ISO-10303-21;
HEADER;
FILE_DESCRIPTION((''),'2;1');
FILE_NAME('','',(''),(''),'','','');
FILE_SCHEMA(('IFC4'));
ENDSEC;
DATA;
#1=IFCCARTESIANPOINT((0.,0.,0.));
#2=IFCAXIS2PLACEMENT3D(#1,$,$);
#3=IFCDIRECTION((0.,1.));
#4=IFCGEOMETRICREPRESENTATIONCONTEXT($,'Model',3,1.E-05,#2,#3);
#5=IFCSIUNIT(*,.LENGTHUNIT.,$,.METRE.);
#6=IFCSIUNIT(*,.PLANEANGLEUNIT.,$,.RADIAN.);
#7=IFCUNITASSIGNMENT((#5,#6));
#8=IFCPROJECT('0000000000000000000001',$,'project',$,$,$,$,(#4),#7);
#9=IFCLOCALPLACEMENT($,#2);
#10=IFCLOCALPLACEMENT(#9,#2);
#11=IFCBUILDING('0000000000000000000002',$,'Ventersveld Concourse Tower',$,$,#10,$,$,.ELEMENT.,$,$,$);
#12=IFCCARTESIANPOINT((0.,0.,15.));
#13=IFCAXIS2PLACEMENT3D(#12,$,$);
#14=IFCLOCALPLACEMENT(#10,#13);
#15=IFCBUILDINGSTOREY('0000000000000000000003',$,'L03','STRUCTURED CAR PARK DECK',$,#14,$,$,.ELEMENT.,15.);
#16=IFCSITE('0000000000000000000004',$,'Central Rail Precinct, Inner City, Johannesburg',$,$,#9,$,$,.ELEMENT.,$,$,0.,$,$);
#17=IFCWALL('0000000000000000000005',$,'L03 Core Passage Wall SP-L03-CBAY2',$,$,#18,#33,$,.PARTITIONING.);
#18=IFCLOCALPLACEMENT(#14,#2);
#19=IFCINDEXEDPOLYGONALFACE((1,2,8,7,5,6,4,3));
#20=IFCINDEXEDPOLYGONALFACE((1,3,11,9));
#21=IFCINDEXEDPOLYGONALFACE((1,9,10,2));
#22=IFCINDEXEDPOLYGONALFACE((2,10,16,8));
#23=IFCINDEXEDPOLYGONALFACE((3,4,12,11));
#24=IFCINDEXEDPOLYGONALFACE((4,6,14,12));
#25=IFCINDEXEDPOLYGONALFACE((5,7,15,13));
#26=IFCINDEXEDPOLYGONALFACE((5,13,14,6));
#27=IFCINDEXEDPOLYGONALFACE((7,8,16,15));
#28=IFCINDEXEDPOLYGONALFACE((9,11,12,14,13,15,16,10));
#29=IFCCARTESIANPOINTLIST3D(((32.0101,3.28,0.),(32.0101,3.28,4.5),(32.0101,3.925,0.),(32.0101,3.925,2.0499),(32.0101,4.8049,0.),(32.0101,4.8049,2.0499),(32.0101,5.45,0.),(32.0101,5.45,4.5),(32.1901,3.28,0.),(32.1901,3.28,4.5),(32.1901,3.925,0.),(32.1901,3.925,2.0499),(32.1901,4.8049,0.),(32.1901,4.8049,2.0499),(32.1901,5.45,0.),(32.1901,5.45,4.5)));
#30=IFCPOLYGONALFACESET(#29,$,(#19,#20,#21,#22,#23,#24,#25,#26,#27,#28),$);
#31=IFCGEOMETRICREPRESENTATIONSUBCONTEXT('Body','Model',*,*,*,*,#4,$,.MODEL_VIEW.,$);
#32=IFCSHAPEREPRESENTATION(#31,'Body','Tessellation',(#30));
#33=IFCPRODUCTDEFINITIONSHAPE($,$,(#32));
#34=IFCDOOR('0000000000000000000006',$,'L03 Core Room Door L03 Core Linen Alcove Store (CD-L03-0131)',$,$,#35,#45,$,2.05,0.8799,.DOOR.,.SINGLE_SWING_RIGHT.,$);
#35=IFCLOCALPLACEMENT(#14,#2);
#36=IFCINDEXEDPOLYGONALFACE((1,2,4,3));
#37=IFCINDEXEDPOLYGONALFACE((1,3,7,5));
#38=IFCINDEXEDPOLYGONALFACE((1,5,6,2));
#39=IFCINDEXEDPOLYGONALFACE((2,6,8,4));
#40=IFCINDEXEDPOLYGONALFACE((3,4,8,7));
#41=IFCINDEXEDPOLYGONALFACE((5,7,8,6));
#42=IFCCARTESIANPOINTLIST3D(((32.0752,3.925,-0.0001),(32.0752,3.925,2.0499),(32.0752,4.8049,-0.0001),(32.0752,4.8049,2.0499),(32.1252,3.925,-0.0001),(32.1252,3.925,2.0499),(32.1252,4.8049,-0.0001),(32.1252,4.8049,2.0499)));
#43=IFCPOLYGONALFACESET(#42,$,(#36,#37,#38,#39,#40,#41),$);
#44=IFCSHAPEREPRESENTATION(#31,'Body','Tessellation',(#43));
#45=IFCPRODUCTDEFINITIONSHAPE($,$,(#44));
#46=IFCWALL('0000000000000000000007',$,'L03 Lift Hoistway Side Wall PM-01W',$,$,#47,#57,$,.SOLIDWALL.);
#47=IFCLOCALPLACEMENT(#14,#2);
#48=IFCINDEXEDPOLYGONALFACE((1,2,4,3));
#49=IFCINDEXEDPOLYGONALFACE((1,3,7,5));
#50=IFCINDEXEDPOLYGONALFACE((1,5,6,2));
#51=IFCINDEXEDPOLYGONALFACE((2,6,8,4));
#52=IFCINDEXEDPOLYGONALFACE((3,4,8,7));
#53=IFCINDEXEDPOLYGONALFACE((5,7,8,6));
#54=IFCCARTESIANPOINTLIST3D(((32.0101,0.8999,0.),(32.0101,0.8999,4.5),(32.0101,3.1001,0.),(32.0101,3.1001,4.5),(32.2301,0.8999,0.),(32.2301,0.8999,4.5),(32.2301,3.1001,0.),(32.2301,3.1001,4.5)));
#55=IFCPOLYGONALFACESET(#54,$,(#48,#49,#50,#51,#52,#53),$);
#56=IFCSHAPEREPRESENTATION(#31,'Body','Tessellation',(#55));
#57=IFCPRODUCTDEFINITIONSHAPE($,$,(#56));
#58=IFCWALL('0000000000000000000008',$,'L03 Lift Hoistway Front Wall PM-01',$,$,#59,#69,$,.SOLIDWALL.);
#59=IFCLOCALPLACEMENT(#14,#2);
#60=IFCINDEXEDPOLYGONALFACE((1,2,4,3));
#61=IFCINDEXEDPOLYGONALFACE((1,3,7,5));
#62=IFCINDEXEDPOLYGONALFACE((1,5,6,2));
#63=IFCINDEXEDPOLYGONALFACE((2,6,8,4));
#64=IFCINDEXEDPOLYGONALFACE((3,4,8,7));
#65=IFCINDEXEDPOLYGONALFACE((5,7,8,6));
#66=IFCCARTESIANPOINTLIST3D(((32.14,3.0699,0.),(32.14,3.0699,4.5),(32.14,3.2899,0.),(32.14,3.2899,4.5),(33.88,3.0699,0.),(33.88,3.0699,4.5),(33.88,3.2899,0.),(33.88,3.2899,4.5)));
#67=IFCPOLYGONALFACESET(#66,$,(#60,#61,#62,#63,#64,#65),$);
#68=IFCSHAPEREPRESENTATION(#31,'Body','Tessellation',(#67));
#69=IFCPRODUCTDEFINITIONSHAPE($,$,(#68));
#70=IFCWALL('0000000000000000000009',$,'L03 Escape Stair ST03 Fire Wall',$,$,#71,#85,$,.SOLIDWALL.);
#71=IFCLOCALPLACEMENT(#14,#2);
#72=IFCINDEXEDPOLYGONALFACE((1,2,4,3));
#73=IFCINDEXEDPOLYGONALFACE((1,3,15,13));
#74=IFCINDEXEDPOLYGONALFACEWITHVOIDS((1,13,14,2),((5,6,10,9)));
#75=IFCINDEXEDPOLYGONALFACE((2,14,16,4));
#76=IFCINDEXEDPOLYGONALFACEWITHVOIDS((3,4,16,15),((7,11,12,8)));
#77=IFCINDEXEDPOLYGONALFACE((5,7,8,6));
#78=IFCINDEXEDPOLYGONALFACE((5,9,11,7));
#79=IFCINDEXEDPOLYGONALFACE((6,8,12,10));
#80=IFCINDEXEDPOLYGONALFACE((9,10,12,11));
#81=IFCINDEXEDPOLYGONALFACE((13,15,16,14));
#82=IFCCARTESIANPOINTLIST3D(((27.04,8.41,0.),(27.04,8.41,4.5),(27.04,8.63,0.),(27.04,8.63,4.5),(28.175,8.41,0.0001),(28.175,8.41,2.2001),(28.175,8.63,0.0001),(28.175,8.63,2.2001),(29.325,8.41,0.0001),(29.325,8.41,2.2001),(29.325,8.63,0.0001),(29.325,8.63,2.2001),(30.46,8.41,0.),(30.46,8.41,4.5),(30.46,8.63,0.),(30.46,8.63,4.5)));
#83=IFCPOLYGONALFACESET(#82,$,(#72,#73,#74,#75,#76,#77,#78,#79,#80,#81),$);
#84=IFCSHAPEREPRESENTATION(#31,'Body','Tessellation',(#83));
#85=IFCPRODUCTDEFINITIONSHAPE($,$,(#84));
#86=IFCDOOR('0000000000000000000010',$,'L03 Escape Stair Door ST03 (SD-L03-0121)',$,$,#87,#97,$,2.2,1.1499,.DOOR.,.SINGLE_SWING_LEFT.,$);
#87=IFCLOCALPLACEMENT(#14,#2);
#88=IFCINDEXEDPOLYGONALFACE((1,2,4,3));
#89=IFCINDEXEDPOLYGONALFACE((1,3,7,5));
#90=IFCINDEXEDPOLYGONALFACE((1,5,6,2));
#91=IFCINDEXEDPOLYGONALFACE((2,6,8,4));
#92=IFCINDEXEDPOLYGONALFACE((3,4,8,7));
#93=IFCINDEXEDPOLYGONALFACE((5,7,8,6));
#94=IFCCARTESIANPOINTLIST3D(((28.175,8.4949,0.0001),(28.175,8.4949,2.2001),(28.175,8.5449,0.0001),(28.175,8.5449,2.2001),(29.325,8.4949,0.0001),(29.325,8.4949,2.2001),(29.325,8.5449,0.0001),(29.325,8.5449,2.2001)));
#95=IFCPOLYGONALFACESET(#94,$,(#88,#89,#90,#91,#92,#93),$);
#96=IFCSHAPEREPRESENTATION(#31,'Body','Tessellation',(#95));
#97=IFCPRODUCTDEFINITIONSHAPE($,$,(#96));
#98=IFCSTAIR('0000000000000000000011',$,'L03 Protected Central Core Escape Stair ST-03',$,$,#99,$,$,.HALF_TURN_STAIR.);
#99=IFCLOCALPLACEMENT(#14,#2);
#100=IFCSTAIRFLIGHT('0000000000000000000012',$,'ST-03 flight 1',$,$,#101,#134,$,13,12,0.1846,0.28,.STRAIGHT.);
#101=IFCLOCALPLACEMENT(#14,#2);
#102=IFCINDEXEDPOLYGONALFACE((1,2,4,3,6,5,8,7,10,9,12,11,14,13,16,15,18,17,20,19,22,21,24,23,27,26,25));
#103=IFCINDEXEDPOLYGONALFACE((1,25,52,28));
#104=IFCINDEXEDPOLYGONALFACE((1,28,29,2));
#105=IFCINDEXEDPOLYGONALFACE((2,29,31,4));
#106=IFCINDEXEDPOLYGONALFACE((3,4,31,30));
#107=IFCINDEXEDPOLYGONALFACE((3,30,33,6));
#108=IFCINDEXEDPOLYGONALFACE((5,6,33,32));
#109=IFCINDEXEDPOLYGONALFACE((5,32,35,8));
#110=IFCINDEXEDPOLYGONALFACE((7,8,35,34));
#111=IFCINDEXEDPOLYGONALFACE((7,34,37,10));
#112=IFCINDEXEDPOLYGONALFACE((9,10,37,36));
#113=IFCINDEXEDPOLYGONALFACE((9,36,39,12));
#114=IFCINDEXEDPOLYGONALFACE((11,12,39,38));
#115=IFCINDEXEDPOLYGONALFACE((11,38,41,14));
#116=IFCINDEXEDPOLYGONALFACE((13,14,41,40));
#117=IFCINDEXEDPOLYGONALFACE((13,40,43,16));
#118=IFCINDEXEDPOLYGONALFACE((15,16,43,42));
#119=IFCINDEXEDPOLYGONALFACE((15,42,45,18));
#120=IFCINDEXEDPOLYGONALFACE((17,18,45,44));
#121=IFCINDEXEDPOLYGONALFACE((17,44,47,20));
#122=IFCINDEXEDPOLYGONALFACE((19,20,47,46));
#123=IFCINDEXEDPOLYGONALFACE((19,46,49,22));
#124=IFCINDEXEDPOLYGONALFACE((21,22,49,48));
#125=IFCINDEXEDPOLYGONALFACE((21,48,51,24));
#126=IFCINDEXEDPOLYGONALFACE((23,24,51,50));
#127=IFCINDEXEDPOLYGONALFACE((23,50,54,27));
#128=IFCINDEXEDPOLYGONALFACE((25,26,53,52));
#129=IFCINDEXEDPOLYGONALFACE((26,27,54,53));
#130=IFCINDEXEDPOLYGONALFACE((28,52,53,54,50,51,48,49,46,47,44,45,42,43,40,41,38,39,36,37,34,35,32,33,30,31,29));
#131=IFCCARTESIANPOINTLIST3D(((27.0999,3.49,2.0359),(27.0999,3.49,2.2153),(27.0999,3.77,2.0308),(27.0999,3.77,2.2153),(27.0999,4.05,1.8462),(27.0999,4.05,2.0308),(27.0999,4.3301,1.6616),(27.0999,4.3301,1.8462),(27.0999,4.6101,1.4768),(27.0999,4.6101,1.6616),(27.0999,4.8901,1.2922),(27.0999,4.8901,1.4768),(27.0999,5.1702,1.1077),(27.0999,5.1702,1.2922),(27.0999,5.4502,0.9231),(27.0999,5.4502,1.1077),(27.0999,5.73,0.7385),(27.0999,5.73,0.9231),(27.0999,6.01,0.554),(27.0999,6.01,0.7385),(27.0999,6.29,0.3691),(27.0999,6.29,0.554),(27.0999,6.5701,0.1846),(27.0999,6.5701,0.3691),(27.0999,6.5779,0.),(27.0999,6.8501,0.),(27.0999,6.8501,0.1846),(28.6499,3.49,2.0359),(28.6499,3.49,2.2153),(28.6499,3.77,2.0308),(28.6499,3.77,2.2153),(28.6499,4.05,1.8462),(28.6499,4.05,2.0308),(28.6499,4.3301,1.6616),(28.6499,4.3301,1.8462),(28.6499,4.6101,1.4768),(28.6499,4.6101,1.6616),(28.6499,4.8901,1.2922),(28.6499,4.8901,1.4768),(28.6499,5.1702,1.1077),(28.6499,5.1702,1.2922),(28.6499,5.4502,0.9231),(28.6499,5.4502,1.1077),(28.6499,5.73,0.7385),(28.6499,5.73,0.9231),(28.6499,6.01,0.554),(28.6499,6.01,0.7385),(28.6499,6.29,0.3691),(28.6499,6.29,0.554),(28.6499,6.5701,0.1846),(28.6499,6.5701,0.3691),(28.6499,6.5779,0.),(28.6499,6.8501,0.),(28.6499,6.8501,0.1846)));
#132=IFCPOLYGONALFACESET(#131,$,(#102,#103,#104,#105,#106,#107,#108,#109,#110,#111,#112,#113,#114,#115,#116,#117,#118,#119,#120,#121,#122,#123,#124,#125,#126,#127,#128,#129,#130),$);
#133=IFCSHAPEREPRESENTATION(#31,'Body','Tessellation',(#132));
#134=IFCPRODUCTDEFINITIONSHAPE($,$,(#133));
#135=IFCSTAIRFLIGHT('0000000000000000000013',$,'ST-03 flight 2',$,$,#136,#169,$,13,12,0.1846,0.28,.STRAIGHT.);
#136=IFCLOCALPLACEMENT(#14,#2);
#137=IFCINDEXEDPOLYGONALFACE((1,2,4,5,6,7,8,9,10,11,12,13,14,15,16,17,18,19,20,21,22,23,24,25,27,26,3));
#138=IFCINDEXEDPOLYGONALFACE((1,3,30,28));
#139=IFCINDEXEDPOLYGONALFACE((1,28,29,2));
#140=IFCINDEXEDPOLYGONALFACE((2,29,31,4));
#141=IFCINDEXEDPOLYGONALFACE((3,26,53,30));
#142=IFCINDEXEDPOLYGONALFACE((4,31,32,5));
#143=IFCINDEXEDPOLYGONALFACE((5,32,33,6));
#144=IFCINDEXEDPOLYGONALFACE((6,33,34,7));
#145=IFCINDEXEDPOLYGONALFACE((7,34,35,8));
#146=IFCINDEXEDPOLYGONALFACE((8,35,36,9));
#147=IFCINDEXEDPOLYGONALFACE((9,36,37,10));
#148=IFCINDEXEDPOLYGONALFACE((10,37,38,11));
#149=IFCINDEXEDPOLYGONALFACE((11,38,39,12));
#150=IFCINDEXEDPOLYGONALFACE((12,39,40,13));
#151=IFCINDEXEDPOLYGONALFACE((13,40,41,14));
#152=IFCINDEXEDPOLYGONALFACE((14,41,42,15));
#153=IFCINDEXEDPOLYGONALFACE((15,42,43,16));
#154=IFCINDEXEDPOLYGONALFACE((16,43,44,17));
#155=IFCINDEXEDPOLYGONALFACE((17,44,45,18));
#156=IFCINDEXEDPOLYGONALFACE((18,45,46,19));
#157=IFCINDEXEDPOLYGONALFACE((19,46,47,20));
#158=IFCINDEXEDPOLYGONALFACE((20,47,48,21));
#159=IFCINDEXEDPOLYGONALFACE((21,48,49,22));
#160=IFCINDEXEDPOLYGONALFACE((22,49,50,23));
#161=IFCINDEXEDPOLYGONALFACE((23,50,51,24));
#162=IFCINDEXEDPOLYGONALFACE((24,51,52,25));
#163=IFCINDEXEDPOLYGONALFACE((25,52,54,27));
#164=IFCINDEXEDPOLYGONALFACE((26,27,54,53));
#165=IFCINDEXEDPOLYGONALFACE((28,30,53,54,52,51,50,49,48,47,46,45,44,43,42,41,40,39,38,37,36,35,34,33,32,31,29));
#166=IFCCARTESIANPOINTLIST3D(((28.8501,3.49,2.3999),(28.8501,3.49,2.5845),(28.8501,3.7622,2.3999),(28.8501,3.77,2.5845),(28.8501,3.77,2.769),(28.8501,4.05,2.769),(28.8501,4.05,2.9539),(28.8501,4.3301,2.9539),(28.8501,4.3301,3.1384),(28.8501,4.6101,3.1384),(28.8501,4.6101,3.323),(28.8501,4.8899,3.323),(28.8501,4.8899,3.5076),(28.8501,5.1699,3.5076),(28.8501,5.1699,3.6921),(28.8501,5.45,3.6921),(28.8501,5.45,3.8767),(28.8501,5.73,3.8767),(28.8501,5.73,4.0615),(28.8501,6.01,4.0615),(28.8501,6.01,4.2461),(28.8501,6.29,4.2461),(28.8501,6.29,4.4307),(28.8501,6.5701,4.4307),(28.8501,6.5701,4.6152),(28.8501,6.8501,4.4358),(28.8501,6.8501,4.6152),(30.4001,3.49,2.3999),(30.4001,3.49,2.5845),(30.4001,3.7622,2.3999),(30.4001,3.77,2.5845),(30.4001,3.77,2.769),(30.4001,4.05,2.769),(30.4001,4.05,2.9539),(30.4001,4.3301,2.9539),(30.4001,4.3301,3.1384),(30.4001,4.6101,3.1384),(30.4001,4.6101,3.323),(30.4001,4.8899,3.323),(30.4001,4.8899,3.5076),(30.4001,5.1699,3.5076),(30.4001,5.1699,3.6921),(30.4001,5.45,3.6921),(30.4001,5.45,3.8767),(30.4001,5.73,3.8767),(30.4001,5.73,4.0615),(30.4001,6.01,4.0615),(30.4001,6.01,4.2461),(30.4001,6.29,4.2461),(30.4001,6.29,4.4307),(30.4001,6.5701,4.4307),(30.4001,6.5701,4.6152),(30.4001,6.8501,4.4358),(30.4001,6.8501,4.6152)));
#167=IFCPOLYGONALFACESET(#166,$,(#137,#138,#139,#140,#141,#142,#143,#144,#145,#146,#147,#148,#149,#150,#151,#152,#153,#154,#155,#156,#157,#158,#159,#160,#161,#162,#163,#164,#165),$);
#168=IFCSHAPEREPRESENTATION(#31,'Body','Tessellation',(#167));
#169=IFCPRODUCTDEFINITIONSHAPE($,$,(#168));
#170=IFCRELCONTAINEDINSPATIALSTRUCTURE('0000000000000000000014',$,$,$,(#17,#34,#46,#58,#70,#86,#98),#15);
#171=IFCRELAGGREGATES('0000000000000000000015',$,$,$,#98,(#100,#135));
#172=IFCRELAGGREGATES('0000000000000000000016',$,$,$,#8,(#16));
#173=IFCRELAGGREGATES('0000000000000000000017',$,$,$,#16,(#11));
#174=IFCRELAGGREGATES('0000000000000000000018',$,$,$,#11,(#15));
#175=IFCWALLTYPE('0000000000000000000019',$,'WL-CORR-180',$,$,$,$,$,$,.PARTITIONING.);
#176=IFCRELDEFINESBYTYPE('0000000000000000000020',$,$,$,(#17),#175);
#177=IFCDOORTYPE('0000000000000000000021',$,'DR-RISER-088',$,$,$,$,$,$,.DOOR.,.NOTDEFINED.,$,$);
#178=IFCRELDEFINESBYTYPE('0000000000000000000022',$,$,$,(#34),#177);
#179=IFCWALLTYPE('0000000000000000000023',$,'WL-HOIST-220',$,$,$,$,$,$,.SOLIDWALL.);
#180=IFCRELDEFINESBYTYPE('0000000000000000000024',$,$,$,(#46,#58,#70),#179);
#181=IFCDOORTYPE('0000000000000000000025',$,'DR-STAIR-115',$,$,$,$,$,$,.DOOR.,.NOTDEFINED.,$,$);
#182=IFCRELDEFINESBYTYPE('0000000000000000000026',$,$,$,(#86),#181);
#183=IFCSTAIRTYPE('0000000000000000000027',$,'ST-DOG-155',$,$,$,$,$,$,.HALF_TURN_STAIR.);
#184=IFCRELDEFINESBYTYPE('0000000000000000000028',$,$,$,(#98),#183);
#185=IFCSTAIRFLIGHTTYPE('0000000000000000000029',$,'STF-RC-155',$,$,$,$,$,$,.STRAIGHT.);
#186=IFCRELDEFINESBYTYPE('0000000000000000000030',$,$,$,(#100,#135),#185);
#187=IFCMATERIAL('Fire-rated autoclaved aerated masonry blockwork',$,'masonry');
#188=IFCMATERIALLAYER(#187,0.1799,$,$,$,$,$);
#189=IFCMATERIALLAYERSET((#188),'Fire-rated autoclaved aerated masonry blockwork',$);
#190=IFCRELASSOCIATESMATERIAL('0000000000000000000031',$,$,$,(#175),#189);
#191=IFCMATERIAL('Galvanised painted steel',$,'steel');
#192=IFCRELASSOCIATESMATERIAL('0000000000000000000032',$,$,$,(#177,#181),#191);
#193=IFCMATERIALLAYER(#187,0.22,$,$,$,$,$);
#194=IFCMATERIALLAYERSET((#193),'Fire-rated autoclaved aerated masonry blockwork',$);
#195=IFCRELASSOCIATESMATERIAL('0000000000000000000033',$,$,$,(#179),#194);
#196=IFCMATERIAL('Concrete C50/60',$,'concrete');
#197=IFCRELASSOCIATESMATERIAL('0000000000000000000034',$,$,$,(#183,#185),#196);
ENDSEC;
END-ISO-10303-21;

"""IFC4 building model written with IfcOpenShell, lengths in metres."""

from ifc_helpers import new_model, si_unit, direction, frame, frame_2d, origin, place, context, subcontext, project, spatial, polyline, rectangle, outline, extrude, material, layer, layer_set, type_object, element, fill, aggregate, save


model = new_model("IFC4")

# Units and contexts
model_context = context("Model", 3, precision=1e-05, world=origin(), true_north=direction((0.0, 1.0)))
body_context = subcontext(model_context, "Body", "Model", "MODEL_VIEW")
ifc_project = project(units=[si_unit("LENGTHUNIT", "METRE"), si_unit("PLANEANGLEUNIT", "RADIAN")], contexts=[model_context])

# Site, building, storey
site_placement = place(None, origin())
site = spatial("IfcSite", under=ifc_project, at=site_placement, Name="Central Rail Precinct, Inner City, Johannesburg", CompositionType="ELEMENT", RefElevation=0.0)
building_placement = place(site_placement, origin())
building = spatial("IfcBuilding", under=site, at=building_placement, Name="Ventersveld Concourse Tower", CompositionType="ELEMENT")
storey_placement = place(building_placement, frame((0.0, 0.0, 15.0)))
storey = spatial("IfcBuildingStorey", under=building, at=storey_placement, Name="L03", Description="STRUCTURED CAR PARK DECK", CompositionType="ELEMENT", Elevation=15.0)

# Shared definitions
ifc_material_1 = material(Name="Fire-rated autoclaved aerated masonry blockwork", Category="masonry")
ifc_layer_1 = layer(ifc_material_1, 0.1799)
ifc_layer_set_1 = layer_set([ifc_layer_1], Name="Fire-rated autoclaved aerated masonry blockwork")
wall_type_1 = type_object("IfcWallType", Name="WL-CORR-180", PredefinedType="PARTITIONING", material=ifc_layer_set_1)
ifc_material_2 = material(Name="Galvanised painted steel", Category="steel")
door_type_1 = type_object("IfcDoorType", Name="DR-RISER-088", OperationType="NOTDEFINED", PredefinedType="DOOR", material=ifc_material_2)

# Wall, opening, door
wall_1_placement = place(storey_placement, frame((32.1001, 3.28, 0.0), z_axis=(0.0, 0.0, 1.0), x_axis=(0.0, 1.0, 0.0)))
wall_1 = element("IfcWall", 1, at=wall_1_placement, inside=storey, type_object=wall_type_1, Name="L03 Core Passage Wall SP-L03-CBAY2", PredefinedType="PARTITIONING", context=body_context, shape_type="SweptSolid", body=[
    extrude(rectangle(XDim=2.1699, YDim=0.1799, at=frame_2d((1.085, 0.0))), origin(), (0.0, 0.0, 1.0), 4.5),
])
opening_1_placement = place(wall_1_placement, frame((0.645, 0.0, 0.0)))
opening_1 = element("IfcOpeningElement", 2, at=opening_1_placement, cuts=wall_1, PredefinedType="OPENING", context=body_context, shape_type="SweptSolid", body=[
    extrude(rectangle(XDim=0.8799, YDim=2.05, at=frame_2d((0.4399, 1.0249))), frame((0.0, 0.1001, 0.0), z_axis=(0.0, -1.0, 0.0), x_axis=(1.0, 0.0, 0.0)), (0.0, 0.0, 1.0), 0.2),
])
door_1_placement = place(opening_1_placement, origin())
door_1 = element("IfcDoor", 3, at=door_1_placement, inside=storey, type_object=door_type_1, Name="L03 Core Room Door L03 Core Linen Alcove Store (CD-L03-0131)", OperationType="SINGLE_SWING_RIGHT", OverallHeight=2.05, OverallWidth=0.8799, PredefinedType="DOOR", context=body_context, shape_type="SweptSolid", body=[
    extrude(rectangle(XDim=0.8799, YDim=2.05, at=frame_2d((0.4399, 1.0249))), frame((0.0, 0.0249, 0.0), z_axis=(0.0, -1.0, 0.0), x_axis=(1.0, 0.0, 0.0)), (0.0, 0.0, 1.0), 0.05),
])
fill(opening_1, door_1)

# Walls
ifc_layer_2 = layer(ifc_material_1, 0.22)
ifc_layer_set_2 = layer_set([ifc_layer_2], Name="Fire-rated autoclaved aerated masonry blockwork")
wall_type_2 = type_object("IfcWallType", Name="WL-HOIST-220", PredefinedType="SOLIDWALL", material=ifc_layer_set_2)
wall_2_placement = place(storey_placement, frame((32.1201, 0.8999, 0.0), z_axis=(0.0, 0.0, 1.0), x_axis=(0.0, 1.0, 0.0)))
element("IfcWall", 4, at=wall_2_placement, inside=storey, type_object=wall_type_2, Name="L03 Lift Hoistway Side Wall PM-01W", PredefinedType="SOLIDWALL", context=body_context, shape_type="SweptSolid", body=[
    extrude(rectangle(XDim=2.2002, YDim=0.22, at=frame_2d((1.1001, 0.0))), origin(), (0.0, 0.0, 1.0), 4.5),
])
wall_3_placement = place(storey_placement, frame((32.1399, 3.1799, 0.0), z_axis=(0.0, 0.0, 1.0), x_axis=(1.0, 0.0, 0.0)))
element("IfcWall", 5, at=wall_3_placement, inside=storey, type_object=wall_type_2, Name="L03 Lift Hoistway Front Wall PM-01", PredefinedType="SOLIDWALL", context=body_context, shape_type="SweptSolid", body=[
    extrude(rectangle(XDim=1.74, YDim=0.22, at=frame_2d((0.8701, 0.0))), origin(), (0.0, 0.0, 1.0), 4.5),
])

# Wall, opening, door
wall_4_placement = place(storey_placement, frame((27.04, 8.52, 0.0), z_axis=(0.0, 0.0, 1.0), x_axis=(1.0, 0.0, 0.0)))
wall_4 = element("IfcWall", 6, at=wall_4_placement, inside=storey, type_object=wall_type_2, Name="L03 Escape Stair ST03 Fire Wall", PredefinedType="SOLIDWALL", context=body_context, shape_type="SweptSolid", body=[
    extrude(rectangle(XDim=3.4199, YDim=0.22, at=frame_2d((1.71, 0.0))), origin(), (0.0, 0.0, 1.0), 4.5),
])
opening_2_placement = place(wall_4_placement, frame((1.135, 0.0, 0.0)))
opening_2 = element("IfcOpeningElement", 7, at=opening_2_placement, cuts=wall_4, PredefinedType="OPENING", context=body_context, shape_type="SweptSolid", body=[
    extrude(rectangle(XDim=1.1499, YDim=2.2, at=frame_2d((0.575, 1.1001))), frame((0.0, 0.1201, 0.0), z_axis=(0.0, -1.0, 0.0), x_axis=(1.0, 0.0, 0.0)), (0.0, 0.0, 1.0), 0.24),
])
door_type_2 = type_object("IfcDoorType", Name="DR-STAIR-115", OperationType="NOTDEFINED", PredefinedType="DOOR", material=ifc_material_2)
door_2_placement = place(opening_2_placement, origin())
door_2 = element("IfcDoor", 8, at=door_2_placement, inside=storey, type_object=door_type_2, Name="L03 Escape Stair Door ST03 (SD-L03-0121)", OperationType="SINGLE_SWING_LEFT", OverallHeight=2.2, OverallWidth=1.1499, PredefinedType="DOOR", context=body_context, shape_type="SweptSolid", body=[
    extrude(rectangle(XDim=1.1499, YDim=2.2, at=frame_2d((0.575, 1.1001))), frame((0.0, 0.0249, 0.0), z_axis=(0.0, -1.0, 0.0), x_axis=(1.0, 0.0, 0.0)), (0.0, 0.0, 1.0), 0.05),
])
fill(opening_2, door_2)

# Stair, stair flights
ifc_material_3 = material(Name="Concrete C50/60", Category="concrete")
stair_type = type_object("IfcStairType", Name="ST-DOG-155", PredefinedType="HALF_TURN_STAIR", material=ifc_material_3)
stair_placement = place(storey_placement, origin())
stair = element("IfcStair", 9, at=stair_placement, inside=storey, type_object=stair_type, Name="L03 Protected Central Core Escape Stair ST-03", PredefinedType="HALF_TURN_STAIR")
stair_flight_type = type_object("IfcStairFlightType", Name="STF-RC-155", PredefinedType="STRAIGHT", material=ifc_material_3)
stair_flight_1_placement = place(storey_placement, frame((27.875, 6.8501, 0.0), z_axis=(0.0, 0.0, 1.0), x_axis=(0.0, -1.0, 0.0)))
stair_flight_1 = element("IfcStairFlight", 10, at=stair_flight_1_placement, type_object=stair_flight_type, Name="ST-03 flight 1", NumberOfRisers=13, NumberOfTreads=12, PredefinedType="STRAIGHT", RiserHeight=0.1846, TreadLength=0.28, context=body_context, shape_type="SweptSolid", body=[
    extrude(outline(polyline([(0.0, 0.0), (0.0, 0.1846), (0.28, 0.1846), (0.28, 0.3691), (0.5601, 0.3691), (0.5601, 0.554), (0.8401, 0.554), (0.8401, 0.7385), (1.1201, 0.7385), (1.1201, 0.9231), (1.3999, 0.9231), (1.3999, 1.1077), (1.6799, 1.1077), (1.6799, 1.2922), (1.96, 1.2922), (1.96, 1.4768), (2.24, 1.4768), (2.24, 1.6616), (2.52, 1.6616), (2.52, 1.8462), (2.8, 1.8462), (2.8, 2.0308), (3.0801, 2.0308), (3.0801, 2.2153), (3.3601, 2.2153), (3.3601, 2.3999), (3.3601, 2.0359), (0.2722, 0.0), (0.0, 0.0)])), frame((0.0, 0.7749, 0.0), z_axis=(0.0, -1.0, 0.0), x_axis=(1.0, 0.0, 0.0)), (0.0, 0.0, 1.0), 1.55),
])
stair_flight_2_placement = place(storey_placement, frame((29.625, 3.49, 2.3999), z_axis=(0.0, 0.0, 1.0), x_axis=(0.0, 1.0, 0.0)))
stair_flight_2 = element("IfcStairFlight", 11, at=stair_flight_2_placement, type_object=stair_flight_type, Name="ST-03 flight 2", NumberOfRisers=13, NumberOfTreads=12, PredefinedType="STRAIGHT", RiserHeight=0.1846, TreadLength=0.28, context=body_context, shape_type="SweptSolid", body=[
    extrude(outline(polyline([(0.0, 0.0), (0.0, 0.1846), (0.28, 0.1846), (0.28, 0.3691), (0.5601, 0.3691), (0.5601, 0.554), (0.8401, 0.554), (0.8401, 0.7385), (1.1201, 0.7385), (1.1201, 0.9231), (1.3999, 0.9231), (1.3999, 1.1077), (1.6799, 1.1077), (1.6799, 1.2922), (1.96, 1.2922), (1.96, 1.4768), (2.24, 1.4768), (2.24, 1.6616), (2.52, 1.6616), (2.52, 1.8462), (2.8, 1.8462), (2.8, 2.0308), (3.0801, 2.0308), (3.0801, 2.2153), (3.3601, 2.2153), (3.3601, 2.3999), (3.3601, 2.0359), (0.2722, 0.0), (0.0, 0.0)])), frame((0.0, 0.7749, 0.0), z_axis=(0.0, -1.0, 0.0), x_axis=(1.0, 0.0, 0.0)), (0.0, 0.0, 1.0), 1.55),
])
aggregate(stair, [stair_flight_1, stair_flight_2])

save(model, "model.ifc")
